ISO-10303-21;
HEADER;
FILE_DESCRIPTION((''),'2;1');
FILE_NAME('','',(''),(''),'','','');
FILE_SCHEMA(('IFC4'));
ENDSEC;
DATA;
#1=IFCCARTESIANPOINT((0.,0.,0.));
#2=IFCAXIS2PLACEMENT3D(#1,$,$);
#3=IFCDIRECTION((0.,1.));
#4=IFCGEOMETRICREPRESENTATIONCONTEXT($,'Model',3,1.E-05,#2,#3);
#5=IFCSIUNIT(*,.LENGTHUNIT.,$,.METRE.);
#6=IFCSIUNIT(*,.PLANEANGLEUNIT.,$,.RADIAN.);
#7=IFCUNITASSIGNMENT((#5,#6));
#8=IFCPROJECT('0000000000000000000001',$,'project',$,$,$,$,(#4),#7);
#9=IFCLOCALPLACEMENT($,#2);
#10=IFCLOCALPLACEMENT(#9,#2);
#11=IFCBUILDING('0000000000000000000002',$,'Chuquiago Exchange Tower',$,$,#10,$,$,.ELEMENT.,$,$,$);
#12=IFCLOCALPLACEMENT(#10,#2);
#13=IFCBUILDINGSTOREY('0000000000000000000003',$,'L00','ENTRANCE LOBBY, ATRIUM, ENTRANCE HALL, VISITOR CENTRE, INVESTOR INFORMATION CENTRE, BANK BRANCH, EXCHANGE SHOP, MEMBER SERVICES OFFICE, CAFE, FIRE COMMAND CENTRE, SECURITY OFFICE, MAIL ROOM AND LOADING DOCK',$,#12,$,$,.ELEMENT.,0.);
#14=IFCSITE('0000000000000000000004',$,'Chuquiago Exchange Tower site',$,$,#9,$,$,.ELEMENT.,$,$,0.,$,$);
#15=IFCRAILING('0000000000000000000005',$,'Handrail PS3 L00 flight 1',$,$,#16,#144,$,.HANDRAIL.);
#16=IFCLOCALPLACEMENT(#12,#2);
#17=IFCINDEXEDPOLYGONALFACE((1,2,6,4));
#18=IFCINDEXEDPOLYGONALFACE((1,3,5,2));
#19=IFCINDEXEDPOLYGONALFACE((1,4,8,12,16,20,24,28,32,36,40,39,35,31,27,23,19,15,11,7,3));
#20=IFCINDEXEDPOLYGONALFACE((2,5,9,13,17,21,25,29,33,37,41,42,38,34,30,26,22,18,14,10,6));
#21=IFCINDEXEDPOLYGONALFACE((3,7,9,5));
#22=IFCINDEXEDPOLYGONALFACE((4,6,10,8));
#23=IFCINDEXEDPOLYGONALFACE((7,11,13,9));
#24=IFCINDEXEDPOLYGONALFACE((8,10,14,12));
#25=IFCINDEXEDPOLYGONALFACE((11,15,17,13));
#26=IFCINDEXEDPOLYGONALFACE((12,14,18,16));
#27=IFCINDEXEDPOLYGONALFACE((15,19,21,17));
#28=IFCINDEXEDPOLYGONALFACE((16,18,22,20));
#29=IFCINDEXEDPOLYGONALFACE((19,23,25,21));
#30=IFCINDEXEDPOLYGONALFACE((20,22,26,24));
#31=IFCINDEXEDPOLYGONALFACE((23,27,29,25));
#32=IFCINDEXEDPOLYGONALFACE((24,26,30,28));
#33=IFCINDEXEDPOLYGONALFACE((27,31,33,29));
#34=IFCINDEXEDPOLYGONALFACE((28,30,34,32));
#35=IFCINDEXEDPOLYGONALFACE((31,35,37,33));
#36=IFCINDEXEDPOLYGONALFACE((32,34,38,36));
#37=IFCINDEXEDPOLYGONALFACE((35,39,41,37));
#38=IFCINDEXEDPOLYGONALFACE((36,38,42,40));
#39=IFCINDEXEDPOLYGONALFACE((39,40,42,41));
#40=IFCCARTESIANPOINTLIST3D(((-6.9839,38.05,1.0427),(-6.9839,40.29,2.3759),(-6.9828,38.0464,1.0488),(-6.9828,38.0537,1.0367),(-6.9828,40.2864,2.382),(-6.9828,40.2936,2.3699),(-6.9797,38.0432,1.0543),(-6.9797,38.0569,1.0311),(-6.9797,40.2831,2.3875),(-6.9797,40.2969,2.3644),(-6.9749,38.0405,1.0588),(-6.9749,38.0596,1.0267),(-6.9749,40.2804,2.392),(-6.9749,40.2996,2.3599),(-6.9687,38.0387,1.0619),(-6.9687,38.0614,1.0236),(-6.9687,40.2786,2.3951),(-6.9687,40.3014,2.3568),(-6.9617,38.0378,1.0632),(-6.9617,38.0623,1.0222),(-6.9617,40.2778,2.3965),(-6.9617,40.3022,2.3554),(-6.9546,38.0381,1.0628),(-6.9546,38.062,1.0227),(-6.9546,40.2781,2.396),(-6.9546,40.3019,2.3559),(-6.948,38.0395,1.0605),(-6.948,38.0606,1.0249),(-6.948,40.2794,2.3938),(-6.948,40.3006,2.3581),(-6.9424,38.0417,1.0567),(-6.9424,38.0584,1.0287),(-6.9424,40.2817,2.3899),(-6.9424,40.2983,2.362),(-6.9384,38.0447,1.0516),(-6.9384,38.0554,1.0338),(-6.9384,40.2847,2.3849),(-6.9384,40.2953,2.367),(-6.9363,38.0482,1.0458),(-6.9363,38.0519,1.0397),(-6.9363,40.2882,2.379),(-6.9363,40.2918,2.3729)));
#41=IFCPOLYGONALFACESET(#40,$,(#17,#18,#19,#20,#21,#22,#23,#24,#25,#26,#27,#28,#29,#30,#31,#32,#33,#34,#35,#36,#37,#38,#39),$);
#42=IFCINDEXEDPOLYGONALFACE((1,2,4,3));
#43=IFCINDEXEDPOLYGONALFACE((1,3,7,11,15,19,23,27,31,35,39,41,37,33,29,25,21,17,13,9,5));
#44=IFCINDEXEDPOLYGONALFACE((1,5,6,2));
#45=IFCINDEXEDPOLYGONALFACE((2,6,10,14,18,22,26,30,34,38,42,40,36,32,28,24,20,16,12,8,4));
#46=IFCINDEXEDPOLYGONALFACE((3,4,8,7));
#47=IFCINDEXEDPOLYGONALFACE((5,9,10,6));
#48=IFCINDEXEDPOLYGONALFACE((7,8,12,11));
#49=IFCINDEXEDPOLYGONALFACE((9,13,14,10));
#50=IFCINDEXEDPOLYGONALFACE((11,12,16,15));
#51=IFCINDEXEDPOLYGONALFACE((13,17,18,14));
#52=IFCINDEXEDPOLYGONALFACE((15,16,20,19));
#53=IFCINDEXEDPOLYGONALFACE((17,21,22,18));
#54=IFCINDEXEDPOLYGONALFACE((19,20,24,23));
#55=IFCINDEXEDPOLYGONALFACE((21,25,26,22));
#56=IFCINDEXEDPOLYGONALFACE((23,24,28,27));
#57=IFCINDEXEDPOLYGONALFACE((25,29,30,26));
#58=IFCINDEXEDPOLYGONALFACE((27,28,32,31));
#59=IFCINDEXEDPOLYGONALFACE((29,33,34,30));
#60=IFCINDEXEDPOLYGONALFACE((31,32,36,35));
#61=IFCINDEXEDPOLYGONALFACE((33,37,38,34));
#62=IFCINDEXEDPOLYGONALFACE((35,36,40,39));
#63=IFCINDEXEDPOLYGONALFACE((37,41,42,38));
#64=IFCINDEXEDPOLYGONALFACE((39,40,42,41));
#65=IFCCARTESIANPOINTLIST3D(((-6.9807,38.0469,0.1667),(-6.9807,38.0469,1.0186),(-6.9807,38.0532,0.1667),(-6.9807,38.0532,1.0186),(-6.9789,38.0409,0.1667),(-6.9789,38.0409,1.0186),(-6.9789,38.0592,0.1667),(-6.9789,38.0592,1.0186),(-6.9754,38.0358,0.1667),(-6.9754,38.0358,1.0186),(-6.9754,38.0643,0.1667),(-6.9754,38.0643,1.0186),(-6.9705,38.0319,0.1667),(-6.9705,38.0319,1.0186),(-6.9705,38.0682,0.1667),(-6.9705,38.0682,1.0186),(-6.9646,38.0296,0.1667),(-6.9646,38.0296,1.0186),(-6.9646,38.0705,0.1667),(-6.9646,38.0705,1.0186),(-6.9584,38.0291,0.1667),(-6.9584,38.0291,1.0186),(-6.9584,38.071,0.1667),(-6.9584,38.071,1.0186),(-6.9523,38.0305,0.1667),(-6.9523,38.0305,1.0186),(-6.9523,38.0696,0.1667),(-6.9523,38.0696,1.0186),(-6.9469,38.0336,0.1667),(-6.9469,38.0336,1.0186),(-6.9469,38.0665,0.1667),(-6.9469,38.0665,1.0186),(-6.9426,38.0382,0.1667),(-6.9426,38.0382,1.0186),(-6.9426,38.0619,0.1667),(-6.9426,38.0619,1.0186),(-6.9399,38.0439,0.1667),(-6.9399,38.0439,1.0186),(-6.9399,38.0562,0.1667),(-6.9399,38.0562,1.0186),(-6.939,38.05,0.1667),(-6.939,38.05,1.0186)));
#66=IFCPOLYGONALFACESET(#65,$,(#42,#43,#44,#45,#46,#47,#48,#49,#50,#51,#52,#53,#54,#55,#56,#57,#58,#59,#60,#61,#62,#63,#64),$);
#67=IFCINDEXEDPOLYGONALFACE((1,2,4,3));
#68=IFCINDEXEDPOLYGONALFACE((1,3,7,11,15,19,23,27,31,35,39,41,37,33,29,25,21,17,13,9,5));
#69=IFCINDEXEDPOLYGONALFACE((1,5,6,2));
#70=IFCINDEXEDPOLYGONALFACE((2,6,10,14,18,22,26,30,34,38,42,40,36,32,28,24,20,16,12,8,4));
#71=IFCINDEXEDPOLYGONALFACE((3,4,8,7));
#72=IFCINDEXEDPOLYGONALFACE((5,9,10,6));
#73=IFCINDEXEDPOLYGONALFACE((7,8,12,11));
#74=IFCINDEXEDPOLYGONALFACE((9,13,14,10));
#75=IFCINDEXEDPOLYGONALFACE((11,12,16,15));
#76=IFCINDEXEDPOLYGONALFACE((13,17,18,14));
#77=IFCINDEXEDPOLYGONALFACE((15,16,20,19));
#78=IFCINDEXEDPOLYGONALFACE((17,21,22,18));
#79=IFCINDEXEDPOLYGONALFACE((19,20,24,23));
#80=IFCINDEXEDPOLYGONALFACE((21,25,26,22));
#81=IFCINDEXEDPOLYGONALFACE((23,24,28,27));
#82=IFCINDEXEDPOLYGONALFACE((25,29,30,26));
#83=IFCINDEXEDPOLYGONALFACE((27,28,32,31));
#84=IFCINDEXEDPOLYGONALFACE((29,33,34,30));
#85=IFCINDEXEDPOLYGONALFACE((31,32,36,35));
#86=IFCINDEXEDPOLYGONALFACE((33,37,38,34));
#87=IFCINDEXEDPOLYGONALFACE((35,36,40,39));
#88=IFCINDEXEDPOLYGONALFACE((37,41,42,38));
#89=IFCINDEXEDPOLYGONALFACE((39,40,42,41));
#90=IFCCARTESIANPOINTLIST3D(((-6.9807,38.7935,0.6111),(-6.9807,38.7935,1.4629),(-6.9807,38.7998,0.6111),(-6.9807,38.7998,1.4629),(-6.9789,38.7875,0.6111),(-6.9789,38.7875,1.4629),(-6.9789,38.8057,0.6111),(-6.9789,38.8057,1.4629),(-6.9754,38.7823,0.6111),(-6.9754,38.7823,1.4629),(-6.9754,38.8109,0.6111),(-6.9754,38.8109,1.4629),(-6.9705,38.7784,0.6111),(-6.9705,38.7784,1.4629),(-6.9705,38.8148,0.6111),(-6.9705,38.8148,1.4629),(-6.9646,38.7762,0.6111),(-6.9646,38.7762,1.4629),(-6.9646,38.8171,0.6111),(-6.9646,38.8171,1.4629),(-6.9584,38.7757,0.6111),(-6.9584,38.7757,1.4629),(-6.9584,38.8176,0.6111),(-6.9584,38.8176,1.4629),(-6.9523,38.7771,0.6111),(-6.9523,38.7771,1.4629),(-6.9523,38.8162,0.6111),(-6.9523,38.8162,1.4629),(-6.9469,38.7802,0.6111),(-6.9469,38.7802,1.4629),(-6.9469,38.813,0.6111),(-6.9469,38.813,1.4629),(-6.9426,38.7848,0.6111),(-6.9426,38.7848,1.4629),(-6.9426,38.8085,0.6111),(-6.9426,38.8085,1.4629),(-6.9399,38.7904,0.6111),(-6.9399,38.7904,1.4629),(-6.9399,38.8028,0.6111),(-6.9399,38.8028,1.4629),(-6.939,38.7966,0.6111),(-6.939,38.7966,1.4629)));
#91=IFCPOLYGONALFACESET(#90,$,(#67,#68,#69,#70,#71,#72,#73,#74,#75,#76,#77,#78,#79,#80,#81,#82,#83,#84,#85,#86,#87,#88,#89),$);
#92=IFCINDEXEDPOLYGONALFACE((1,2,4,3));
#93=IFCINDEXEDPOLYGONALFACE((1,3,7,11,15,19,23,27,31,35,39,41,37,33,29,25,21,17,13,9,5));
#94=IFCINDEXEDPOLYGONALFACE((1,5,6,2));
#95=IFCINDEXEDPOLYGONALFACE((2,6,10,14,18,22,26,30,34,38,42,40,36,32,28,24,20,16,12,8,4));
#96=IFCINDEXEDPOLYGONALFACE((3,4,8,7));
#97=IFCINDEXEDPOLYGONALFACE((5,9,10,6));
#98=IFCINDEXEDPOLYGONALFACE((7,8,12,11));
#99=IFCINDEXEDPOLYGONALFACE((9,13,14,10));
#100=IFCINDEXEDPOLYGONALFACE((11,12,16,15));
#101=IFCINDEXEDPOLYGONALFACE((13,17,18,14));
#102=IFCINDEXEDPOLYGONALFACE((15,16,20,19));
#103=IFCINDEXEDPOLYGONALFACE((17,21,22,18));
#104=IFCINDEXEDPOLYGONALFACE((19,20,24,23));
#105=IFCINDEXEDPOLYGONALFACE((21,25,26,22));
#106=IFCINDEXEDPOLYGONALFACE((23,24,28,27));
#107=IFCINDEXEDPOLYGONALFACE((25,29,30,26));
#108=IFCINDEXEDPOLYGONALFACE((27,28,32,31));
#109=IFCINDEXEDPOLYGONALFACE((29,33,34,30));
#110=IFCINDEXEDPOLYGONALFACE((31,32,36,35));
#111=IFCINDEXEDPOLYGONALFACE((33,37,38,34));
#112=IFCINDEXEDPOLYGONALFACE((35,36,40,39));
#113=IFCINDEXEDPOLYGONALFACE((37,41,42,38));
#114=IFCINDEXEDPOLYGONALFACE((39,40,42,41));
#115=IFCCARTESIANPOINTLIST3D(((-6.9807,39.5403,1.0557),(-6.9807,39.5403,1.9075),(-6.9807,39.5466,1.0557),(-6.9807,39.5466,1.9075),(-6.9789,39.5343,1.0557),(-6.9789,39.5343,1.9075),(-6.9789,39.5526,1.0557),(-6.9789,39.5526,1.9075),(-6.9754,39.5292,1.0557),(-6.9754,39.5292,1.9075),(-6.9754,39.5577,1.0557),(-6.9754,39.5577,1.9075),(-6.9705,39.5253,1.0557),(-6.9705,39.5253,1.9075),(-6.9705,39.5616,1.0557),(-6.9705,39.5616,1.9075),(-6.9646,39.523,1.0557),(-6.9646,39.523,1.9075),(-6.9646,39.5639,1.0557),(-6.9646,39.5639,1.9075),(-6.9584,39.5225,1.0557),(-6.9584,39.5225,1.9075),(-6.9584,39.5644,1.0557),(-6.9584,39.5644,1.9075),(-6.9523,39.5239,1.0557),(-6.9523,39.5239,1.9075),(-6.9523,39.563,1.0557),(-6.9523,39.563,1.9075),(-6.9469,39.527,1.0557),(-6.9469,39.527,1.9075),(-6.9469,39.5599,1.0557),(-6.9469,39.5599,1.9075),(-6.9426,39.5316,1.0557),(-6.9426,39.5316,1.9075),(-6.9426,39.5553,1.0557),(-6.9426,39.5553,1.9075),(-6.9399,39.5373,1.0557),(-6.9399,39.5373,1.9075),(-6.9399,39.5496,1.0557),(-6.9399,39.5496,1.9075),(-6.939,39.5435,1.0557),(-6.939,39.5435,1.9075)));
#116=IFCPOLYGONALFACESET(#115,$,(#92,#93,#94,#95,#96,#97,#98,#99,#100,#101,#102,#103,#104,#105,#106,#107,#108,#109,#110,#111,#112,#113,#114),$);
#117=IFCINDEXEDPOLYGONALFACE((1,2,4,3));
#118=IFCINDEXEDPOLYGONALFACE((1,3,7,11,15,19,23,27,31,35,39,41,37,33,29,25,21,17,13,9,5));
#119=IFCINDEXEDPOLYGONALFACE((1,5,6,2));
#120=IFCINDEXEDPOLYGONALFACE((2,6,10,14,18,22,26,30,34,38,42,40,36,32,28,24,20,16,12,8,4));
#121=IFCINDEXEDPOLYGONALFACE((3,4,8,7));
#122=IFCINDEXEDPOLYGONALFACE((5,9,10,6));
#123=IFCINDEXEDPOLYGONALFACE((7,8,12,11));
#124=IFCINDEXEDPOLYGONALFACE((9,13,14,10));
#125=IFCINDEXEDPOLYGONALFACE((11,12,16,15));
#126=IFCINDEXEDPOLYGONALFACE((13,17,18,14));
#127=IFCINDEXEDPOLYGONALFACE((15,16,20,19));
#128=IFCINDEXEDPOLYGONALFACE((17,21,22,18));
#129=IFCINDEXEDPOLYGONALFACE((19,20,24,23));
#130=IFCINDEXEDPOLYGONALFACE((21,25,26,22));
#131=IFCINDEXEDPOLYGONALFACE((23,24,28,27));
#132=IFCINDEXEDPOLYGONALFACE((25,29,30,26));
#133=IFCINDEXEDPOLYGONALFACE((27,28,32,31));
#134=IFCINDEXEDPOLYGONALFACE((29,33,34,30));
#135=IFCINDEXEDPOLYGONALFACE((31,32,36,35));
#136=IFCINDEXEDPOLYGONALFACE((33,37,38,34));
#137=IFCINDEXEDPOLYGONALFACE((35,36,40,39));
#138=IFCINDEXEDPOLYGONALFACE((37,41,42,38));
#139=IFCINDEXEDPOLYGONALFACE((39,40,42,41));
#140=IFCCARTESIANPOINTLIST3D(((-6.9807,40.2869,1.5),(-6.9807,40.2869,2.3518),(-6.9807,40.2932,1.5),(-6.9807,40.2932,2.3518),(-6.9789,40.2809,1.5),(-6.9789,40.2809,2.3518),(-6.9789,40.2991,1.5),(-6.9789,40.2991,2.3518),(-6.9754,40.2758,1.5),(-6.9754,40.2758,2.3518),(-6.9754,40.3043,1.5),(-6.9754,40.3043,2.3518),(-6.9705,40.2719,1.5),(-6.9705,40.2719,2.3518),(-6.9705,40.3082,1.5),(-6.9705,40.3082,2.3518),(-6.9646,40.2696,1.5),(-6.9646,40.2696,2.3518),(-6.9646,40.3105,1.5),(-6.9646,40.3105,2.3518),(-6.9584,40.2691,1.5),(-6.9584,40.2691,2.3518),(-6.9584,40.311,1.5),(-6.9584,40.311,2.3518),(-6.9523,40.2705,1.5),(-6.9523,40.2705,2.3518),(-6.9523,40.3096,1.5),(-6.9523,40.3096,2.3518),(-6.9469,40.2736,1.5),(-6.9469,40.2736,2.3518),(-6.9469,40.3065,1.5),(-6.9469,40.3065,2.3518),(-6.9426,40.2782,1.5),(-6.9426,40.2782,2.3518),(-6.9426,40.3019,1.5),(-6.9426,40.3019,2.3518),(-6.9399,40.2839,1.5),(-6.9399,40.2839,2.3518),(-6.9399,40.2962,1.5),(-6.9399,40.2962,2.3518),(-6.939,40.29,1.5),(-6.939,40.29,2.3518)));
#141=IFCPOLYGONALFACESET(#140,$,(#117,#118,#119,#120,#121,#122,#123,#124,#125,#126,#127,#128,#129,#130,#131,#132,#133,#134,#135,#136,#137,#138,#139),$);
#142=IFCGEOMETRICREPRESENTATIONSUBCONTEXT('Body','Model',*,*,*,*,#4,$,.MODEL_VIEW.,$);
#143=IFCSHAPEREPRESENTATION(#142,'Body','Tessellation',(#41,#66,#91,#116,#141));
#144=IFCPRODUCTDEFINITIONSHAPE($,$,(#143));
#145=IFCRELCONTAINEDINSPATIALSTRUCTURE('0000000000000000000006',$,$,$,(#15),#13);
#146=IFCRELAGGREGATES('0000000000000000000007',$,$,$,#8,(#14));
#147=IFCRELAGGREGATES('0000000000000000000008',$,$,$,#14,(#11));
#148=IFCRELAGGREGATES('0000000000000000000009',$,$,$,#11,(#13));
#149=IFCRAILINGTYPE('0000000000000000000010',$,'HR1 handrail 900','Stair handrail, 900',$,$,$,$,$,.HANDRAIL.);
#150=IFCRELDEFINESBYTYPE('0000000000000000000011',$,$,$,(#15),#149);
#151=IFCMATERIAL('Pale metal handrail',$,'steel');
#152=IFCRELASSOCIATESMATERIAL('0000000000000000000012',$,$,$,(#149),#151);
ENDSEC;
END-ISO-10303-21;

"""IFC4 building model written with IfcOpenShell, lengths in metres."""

from ifc_helpers import new_model, si_unit, direction, frame, origin, origin_2d, place, context, subcontext, project, spatial, circle, extrude, material, type_object, element, save


model = new_model("IFC4")

# Units and contexts
model_context = context("Model", 3, precision=1e-05, world=origin(), true_north=direction((0.0, 1.0)))
body_context = subcontext(model_context, "Body", "Model", "MODEL_VIEW")
ifc_project = project(units=[si_unit("LENGTHUNIT", "METRE"), si_unit("PLANEANGLEUNIT", "RADIAN")], contexts=[model_context])

# Site, building, storey
site_placement = place(None, origin())
site = spatial("IfcSite", under=ifc_project, at=site_placement, Name="Chuquiago Exchange Tower site", CompositionType="ELEMENT", RefElevation=0.0)
building_placement = place(site_placement, origin())
building = spatial("IfcBuilding", under=site, at=building_placement, Name="Chuquiago Exchange Tower", CompositionType="ELEMENT")
storey_placement = place(building_placement, origin())
storey = spatial("IfcBuildingStorey", under=building, at=storey_placement, Name="L00", Description="ENTRANCE LOBBY, ATRIUM, ENTRANCE HALL, VISITOR CENTRE, INVESTOR INFORMATION CENTRE, BANK BRANCH, EXCHANGE SHOP, MEMBER SERVICES OFFICE, CAFE, FIRE COMMAND CENTRE, SECURITY OFFICE, MAIL ROOM AND LOADING DOCK", CompositionType="ELEMENT", Elevation=0.0)

# Railing
ifc_material_1 = material(Name="Pale metal handrail", Category="steel")
railing_type = type_object("IfcRailingType", Name="HR1 handrail 900", Description="Stair handrail, 900", PredefinedType="HANDRAIL", material=ifc_material_1)
for number, where, name in (
    (1, (-6.96, 38.05, 0.1667), "Handrail PS3 L00 flight 1"),
):
    element("IfcRailing", number, at=place(storey_placement, frame(where)), inside=storey, type_object=railing_type, Name=name, PredefinedType="HANDRAIL", context=body_context, shape_type="SweptSolid", body=[
        extrude(circle(Radius=0.0239, at=origin_2d()), frame((0.0, 0.0, 0.876), z_axis=(0.0, 0.859306, 0.511462), x_axis=(-1.0, 0.0, 0.0)), (0.0, 0.0, 1.0), 2.6067),
        extrude(circle(Radius=0.021, at=origin_2d()), origin(), (0.0, 0.0, 1.0), 0.8518),
        extrude(circle(Radius=0.021, at=origin_2d()), frame((0.0, 0.7466, 0.4443)), (0.0, 0.0, 1.0), 0.8518),
        extrude(circle(Radius=0.021, at=origin_2d()), frame((0.0, 1.4934, 0.8889)), (0.0, 0.0, 1.0), 0.8518),
        extrude(circle(Radius=0.021, at=origin_2d()), frame((0.0, 2.24, 1.3333)), (0.0, 0.0, 1.0), 0.8518),
    ])

save(model, "model.ifc")
